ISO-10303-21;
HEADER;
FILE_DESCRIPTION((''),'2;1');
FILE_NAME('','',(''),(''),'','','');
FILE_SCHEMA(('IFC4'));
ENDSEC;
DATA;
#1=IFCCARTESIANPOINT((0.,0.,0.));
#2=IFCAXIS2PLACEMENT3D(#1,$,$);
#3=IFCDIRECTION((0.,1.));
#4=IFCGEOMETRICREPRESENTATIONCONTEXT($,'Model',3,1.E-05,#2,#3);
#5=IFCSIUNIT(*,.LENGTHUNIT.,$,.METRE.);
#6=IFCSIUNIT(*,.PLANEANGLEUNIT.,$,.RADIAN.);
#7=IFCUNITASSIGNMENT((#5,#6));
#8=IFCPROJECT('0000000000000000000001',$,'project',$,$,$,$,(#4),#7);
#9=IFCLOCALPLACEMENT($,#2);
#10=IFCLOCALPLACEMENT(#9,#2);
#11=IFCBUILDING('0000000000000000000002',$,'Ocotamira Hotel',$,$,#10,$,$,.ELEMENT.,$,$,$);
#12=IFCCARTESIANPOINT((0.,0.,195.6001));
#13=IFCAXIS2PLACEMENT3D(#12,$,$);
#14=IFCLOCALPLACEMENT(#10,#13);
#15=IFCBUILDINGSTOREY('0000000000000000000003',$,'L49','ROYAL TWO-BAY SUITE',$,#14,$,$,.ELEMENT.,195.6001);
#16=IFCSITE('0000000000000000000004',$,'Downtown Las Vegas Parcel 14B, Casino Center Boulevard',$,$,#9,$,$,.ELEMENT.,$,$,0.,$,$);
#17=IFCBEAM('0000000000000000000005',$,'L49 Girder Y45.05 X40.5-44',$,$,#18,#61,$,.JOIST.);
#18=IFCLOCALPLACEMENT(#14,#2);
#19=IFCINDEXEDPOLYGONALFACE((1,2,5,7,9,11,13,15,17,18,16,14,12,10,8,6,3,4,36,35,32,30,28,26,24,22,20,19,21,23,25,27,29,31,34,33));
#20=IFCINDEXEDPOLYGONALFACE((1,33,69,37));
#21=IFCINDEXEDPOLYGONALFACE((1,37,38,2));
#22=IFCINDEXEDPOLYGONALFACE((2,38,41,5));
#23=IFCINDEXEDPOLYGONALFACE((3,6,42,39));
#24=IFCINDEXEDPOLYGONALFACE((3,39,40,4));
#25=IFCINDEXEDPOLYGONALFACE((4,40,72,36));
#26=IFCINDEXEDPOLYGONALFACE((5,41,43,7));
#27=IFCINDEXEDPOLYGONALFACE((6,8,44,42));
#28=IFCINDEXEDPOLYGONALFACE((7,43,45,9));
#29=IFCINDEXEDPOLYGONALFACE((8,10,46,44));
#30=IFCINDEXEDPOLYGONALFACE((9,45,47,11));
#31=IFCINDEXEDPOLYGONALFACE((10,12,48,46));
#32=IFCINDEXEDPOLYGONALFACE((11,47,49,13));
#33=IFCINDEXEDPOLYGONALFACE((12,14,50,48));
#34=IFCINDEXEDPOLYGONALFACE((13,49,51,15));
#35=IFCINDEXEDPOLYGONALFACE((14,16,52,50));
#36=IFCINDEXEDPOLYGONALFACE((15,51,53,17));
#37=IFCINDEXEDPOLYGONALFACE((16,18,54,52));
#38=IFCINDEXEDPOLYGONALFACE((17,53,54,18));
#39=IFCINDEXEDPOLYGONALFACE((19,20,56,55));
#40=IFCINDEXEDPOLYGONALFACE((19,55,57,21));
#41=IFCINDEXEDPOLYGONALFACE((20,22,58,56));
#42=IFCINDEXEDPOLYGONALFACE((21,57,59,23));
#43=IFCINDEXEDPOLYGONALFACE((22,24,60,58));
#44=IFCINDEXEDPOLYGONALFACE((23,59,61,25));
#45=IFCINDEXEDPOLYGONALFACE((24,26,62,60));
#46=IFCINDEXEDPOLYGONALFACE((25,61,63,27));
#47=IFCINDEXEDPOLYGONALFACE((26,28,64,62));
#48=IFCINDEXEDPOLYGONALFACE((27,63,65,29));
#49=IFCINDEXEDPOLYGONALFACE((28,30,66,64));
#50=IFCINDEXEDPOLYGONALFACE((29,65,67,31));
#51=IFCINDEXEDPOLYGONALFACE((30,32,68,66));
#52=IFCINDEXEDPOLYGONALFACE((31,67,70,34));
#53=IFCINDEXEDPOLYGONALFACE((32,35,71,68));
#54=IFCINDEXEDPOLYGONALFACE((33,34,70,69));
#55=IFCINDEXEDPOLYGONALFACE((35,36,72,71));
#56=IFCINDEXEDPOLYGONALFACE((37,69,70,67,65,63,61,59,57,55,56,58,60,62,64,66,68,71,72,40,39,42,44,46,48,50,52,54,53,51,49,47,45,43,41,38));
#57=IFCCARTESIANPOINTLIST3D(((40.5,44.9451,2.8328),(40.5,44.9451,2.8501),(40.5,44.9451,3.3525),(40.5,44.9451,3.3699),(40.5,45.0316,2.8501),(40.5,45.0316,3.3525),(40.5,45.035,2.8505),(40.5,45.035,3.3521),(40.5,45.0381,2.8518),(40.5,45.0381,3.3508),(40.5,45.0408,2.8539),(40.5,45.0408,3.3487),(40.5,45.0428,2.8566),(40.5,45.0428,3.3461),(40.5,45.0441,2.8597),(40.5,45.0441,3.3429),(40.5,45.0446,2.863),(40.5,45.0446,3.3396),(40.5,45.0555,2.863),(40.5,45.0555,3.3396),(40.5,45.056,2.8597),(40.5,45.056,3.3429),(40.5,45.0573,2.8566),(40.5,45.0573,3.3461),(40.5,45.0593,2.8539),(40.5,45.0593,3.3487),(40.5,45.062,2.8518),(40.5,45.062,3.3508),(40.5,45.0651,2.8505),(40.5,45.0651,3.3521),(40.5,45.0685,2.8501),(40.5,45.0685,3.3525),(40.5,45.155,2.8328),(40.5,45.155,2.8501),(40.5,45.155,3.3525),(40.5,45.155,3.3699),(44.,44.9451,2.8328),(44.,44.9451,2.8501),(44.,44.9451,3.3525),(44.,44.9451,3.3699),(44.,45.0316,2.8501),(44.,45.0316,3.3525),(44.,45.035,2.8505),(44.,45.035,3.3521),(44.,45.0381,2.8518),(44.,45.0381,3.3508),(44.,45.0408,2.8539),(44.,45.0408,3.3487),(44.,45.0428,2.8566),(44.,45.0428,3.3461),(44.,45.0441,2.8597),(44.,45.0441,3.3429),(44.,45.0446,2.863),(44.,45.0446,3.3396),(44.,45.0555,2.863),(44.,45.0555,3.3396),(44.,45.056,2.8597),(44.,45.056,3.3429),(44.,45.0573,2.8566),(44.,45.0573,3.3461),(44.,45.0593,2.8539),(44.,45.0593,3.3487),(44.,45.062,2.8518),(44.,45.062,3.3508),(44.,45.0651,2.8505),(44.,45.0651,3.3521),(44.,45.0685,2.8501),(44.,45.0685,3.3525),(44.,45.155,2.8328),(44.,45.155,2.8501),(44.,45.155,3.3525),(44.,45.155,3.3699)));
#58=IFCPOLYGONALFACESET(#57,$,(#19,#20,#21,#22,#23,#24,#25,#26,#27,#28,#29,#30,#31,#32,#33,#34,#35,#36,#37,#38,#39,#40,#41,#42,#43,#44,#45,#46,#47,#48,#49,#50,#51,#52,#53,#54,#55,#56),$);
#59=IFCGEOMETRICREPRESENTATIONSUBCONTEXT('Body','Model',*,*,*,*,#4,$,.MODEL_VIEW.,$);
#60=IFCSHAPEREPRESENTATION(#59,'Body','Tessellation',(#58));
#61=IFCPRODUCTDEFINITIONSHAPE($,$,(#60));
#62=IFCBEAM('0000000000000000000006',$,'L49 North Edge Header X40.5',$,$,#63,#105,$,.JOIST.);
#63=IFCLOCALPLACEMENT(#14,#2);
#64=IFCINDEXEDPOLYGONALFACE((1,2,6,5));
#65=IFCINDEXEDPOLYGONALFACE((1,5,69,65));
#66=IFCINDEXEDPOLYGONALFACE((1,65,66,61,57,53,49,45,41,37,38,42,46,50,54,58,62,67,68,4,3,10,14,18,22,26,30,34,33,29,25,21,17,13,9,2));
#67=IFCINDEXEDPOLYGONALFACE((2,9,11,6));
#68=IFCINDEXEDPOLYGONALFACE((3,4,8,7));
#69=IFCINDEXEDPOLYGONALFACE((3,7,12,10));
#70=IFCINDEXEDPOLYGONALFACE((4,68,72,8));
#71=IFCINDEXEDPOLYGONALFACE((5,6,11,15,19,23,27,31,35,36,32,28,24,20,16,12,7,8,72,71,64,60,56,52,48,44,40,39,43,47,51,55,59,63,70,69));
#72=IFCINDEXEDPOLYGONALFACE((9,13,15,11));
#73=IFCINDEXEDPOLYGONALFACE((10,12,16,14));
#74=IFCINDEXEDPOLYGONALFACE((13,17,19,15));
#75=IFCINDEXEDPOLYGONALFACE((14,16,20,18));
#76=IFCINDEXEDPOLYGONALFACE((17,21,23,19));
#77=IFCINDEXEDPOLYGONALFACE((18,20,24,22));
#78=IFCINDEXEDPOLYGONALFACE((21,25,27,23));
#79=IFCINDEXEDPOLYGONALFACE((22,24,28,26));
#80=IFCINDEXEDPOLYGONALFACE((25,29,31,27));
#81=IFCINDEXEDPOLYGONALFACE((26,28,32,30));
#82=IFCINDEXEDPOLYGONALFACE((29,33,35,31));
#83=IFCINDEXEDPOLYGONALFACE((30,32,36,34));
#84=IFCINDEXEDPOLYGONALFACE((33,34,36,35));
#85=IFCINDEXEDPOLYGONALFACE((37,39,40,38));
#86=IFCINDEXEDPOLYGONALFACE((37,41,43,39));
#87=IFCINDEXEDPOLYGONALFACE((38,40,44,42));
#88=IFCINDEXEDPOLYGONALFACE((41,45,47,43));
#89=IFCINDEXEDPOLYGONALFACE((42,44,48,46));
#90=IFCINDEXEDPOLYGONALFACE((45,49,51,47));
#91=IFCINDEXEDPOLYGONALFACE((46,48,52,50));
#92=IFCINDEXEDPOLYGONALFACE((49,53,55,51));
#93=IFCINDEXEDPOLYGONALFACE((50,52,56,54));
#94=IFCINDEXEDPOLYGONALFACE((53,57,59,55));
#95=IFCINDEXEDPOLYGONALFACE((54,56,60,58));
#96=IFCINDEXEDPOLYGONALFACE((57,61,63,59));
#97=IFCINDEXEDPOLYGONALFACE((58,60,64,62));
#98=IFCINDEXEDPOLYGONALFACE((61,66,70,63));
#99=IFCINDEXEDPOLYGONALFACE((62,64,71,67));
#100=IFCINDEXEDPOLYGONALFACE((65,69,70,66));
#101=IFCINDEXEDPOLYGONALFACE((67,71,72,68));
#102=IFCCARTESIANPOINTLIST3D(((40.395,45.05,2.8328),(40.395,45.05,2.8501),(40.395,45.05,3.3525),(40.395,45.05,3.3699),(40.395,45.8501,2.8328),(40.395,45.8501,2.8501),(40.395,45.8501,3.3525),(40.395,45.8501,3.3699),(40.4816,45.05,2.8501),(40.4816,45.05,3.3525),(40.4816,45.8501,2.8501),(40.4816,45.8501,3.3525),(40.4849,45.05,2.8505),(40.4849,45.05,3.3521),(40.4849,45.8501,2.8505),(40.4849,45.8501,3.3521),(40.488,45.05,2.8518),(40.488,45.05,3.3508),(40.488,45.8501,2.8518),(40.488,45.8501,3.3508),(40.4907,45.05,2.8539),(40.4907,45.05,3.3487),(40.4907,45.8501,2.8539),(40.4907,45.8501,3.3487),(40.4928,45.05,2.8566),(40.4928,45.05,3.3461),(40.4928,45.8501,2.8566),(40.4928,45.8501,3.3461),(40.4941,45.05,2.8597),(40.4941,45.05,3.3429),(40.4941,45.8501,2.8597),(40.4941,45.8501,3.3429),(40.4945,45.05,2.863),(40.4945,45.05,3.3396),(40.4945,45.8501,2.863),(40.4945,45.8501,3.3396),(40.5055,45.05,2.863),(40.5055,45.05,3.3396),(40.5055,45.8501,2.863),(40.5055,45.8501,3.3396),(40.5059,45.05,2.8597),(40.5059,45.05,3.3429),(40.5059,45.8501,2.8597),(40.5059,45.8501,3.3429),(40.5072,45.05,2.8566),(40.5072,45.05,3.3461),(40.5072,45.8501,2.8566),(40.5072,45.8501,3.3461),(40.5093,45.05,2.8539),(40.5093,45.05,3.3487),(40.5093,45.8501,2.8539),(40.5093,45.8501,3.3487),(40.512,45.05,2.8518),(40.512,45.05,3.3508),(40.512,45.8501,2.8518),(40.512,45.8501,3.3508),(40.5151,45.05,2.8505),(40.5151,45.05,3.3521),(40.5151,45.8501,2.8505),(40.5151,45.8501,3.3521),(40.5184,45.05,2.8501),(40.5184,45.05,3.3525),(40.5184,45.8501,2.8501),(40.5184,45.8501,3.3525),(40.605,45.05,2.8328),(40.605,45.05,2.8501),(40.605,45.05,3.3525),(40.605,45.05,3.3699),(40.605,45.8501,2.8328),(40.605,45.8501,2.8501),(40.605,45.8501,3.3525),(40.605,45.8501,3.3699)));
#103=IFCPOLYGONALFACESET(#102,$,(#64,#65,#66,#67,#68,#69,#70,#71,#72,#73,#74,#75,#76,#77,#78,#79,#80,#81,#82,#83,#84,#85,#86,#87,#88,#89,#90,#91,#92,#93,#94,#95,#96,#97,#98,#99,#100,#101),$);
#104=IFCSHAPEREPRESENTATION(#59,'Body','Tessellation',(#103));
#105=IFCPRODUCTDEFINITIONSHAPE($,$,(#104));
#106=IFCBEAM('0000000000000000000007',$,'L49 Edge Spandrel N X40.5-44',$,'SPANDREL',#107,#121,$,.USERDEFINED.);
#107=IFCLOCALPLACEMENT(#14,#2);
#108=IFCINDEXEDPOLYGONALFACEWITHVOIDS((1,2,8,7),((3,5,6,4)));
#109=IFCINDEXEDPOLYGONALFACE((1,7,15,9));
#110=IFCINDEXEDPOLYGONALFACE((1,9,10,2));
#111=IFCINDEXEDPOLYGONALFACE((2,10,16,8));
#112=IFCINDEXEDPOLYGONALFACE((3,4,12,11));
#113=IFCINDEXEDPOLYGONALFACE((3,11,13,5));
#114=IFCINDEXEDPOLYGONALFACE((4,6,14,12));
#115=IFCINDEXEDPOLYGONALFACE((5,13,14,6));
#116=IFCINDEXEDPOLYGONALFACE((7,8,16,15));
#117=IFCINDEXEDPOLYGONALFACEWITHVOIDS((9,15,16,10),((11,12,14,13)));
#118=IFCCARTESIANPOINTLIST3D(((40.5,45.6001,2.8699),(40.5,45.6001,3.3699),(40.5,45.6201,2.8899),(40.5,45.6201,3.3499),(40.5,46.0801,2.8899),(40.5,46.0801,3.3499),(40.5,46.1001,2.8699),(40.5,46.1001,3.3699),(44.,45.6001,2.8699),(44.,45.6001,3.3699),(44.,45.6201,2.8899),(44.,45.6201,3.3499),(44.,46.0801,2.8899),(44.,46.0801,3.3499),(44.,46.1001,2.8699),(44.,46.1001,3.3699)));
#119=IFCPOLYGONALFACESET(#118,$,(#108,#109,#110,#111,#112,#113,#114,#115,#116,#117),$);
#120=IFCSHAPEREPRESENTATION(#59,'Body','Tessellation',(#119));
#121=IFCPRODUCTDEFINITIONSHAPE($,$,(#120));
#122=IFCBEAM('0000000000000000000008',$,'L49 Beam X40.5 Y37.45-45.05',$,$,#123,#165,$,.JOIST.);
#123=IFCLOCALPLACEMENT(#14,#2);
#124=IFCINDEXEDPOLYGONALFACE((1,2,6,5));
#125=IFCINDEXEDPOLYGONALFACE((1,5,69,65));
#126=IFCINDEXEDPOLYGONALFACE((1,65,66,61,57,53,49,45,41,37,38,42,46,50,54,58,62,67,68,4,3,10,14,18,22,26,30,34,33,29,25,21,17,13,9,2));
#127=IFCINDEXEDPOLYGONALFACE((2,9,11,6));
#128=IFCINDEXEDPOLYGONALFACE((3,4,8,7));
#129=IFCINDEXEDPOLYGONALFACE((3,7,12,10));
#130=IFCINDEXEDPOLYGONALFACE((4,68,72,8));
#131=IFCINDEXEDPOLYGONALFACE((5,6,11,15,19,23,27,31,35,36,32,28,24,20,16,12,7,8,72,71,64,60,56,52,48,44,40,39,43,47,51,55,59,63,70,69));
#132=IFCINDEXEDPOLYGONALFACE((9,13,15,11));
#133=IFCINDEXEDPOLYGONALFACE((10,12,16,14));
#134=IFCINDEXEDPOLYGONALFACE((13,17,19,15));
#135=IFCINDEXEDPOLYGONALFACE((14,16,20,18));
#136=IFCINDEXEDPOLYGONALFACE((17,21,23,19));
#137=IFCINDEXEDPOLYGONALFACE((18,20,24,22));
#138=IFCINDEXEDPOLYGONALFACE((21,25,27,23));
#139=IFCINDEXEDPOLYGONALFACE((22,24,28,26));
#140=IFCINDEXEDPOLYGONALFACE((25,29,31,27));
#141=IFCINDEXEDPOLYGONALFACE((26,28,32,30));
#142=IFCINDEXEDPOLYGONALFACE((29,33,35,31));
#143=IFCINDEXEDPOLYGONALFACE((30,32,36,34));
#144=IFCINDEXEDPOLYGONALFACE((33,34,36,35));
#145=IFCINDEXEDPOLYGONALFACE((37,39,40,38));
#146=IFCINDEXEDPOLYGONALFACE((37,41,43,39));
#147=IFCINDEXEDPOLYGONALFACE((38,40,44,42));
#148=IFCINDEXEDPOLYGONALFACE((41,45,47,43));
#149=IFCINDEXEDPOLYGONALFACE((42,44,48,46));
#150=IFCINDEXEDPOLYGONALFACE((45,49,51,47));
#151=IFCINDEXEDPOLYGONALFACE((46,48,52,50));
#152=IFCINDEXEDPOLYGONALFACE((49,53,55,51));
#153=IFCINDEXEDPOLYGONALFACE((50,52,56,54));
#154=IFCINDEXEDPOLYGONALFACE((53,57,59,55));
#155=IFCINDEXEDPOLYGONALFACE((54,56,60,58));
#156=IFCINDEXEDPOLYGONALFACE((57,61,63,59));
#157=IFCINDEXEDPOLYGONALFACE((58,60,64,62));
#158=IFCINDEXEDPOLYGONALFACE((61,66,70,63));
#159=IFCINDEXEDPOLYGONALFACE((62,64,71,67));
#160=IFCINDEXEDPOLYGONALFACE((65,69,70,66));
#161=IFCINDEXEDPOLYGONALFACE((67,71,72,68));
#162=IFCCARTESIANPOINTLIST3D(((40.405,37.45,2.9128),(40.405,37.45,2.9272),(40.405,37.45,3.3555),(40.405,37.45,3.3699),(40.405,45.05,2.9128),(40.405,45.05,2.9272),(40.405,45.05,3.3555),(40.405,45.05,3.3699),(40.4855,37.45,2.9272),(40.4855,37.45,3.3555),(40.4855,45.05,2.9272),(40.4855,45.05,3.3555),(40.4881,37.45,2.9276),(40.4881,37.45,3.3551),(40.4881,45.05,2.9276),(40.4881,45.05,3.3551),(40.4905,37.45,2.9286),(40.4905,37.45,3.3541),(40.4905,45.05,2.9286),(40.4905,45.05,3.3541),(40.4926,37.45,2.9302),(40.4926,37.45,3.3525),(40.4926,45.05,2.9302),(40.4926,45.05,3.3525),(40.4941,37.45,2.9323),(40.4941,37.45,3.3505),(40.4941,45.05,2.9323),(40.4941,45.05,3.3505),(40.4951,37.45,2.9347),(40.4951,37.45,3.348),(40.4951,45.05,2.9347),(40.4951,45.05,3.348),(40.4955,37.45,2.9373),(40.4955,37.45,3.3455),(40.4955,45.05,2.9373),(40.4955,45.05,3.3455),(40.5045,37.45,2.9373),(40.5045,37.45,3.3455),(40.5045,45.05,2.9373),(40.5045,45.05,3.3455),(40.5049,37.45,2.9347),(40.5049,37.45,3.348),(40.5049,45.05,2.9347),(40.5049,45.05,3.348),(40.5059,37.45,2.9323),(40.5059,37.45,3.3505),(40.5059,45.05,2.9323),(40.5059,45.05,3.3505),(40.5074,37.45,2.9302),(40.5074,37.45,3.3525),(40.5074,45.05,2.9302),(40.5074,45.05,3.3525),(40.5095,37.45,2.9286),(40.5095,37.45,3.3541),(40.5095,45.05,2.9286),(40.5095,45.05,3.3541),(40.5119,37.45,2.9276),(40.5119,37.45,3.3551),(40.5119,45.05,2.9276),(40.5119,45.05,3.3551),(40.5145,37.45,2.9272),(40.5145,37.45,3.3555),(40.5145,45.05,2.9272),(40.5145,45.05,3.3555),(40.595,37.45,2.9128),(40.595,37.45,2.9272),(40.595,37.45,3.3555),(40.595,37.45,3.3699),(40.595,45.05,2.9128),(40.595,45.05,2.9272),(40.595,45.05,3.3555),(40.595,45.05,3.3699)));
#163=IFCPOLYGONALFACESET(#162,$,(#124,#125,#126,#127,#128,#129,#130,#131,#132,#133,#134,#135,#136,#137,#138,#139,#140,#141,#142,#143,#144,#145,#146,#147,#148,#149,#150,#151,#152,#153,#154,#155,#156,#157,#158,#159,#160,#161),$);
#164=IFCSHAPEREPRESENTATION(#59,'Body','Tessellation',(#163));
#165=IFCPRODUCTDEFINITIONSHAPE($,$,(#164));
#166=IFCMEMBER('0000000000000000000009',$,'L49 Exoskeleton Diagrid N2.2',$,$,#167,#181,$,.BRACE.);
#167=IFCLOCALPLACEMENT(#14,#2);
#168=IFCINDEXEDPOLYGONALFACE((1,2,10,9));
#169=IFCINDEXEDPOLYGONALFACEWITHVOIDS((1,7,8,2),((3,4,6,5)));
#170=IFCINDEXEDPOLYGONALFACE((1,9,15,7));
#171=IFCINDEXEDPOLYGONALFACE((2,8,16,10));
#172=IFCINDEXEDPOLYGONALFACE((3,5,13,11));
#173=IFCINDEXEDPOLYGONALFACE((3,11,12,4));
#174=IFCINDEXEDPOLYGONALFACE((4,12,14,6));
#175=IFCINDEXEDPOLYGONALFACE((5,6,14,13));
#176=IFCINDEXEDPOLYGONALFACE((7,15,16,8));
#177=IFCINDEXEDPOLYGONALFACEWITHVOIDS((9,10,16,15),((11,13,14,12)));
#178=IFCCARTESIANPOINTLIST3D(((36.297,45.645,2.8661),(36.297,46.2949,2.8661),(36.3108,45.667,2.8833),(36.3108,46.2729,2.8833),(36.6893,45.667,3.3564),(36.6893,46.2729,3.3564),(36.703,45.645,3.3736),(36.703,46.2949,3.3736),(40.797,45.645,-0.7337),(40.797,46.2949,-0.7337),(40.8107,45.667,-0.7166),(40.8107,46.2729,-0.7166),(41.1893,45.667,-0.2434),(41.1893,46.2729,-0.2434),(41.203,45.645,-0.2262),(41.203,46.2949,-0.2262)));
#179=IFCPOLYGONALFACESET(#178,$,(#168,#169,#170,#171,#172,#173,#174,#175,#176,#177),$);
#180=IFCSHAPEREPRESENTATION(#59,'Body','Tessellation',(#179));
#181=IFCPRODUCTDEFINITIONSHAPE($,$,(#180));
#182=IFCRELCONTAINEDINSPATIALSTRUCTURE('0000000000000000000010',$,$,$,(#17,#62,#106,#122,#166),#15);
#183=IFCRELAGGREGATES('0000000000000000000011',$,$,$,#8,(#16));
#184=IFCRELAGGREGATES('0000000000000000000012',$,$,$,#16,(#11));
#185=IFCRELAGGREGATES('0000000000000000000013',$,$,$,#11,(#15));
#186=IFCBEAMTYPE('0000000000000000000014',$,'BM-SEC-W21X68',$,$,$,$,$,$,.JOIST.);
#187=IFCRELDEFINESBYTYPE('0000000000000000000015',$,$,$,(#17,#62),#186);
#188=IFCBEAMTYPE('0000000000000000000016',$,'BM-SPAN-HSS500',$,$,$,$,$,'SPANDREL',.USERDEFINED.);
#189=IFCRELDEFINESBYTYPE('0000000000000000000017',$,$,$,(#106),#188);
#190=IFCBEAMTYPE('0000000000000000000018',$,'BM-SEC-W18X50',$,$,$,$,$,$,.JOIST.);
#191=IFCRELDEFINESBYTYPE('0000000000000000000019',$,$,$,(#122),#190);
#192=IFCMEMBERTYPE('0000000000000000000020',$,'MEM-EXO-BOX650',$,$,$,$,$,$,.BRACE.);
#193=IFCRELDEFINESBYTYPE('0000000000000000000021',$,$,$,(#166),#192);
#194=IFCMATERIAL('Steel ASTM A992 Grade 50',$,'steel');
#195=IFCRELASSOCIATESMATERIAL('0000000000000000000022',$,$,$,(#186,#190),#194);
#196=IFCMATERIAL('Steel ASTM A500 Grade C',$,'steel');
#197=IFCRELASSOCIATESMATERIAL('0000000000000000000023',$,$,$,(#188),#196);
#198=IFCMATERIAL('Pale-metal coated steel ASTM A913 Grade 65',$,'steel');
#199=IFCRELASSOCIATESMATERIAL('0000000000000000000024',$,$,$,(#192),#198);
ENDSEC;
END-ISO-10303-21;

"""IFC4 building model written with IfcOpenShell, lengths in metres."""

from ifc_helpers import new_model, si_unit, direction, frame, origin, origin_2d, place, context, subcontext, project, spatial, hollow_rectangle, i_section, extrude, source, transform, mapped, material, material_profile, profile_set, type_object, element, save


model = new_model("IFC4")

# Units and contexts
model_context = context("Model", 3, precision=1e-05, world=origin(), true_north=direction((0.0, 1.0)))
body_context = subcontext(model_context, "Body", "Model", "MODEL_VIEW")
ifc_project = project(units=[si_unit("LENGTHUNIT", "METRE"), si_unit("PLANEANGLEUNIT", "RADIAN")], contexts=[model_context])

# Site, building, storey
site_placement = place(None, origin())
site = spatial("IfcSite", under=ifc_project, at=site_placement, Name="Downtown Las Vegas Parcel 14B, Casino Center Boulevard", CompositionType="ELEMENT", RefElevation=0.0)
building_placement = place(site_placement, origin())
building = spatial("IfcBuilding", under=site, at=building_placement, Name="Ocotamira Hotel", CompositionType="ELEMENT")
storey_placement = place(building_placement, frame((0.0, 0.0, 195.6001)))
storey = spatial("IfcBuildingStorey", under=building, at=storey_placement, Name="L49", Description="ROYAL TWO-BAY SUITE", CompositionType="ELEMENT", Elevation=195.6001)

# Beams
ifc_material_1 = material(Name="Steel ASTM A992 Grade 50", Category="steel")
ifc_material_profile_1 = material_profile(ifc_material_1, i_section(OverallWidth=0.21, OverallDepth=0.5371, WebThickness=0.011, FlangeThickness=0.0173, FilletRadius=0.0129, at=origin_2d()), Name="W21X68")
ifc_profile_set_1 = profile_set([ifc_material_profile_1], Name="Steel ASTM A992 Grade 50")
beam_type_1 = type_object("IfcBeamType", Name="BM-SEC-W21X68", PredefinedType="JOIST", material=ifc_profile_set_1)
shared_shape_1 = source(origin(), body_context, "Body", "SweptSolid", [
    extrude(i_section(OverallWidth=0.21, OverallDepth=0.5371, WebThickness=0.011, FlangeThickness=0.0173, FilletRadius=0.0129, at=origin_2d()), origin(), (0.0, 0.0, 1.0), 3.5),
])
beam_1_placement = place(storey_placement, frame((40.5, 45.05, 3.1013), z_axis=(1.0, 0.0, 0.0), x_axis=(0.0, 1.0, 0.0)))
element("IfcBeam", 1, at=beam_1_placement, inside=storey, type_object=beam_type_1, Name="L49 Girder Y45.05 X40.5-44", PredefinedType="JOIST", context=body_context, shape_type="MappedRepresentation", body=[
    mapped(shared_shape_1, transform((0.0, 0.0, 0.0), scale=1.0)),
])
shared_shape_2 = source(origin(), body_context, "Body", "SweptSolid", [
    extrude(i_section(OverallWidth=0.21, OverallDepth=0.5371, WebThickness=0.011, FlangeThickness=0.0173, FilletRadius=0.0129, at=origin_2d()), origin(), (0.0, 0.0, 1.0), 0.8),
])
beam_2_placement = place(storey_placement, frame((40.5, 45.05, 3.1013), z_axis=(0.0, 1.0, 0.0), x_axis=(-1.0, 0.0, 0.0)))
element("IfcBeam", 2, at=beam_2_placement, inside=storey, type_object=beam_type_1, Name="L49 North Edge Header X40.5", PredefinedType="JOIST", context=body_context, shape_type="MappedRepresentation", body=[
    mapped(shared_shape_2, transform((0.0, 0.0, 0.0), scale=1.0)),
])
ifc_material_2 = material(Name="Steel ASTM A500 Grade C", Category="steel")
ifc_material_profile_2 = material_profile(ifc_material_2, hollow_rectangle(XDim=0.5, YDim=0.5, WallThickness=0.02, at=origin_2d()), Name="HSS500X500X20")
ifc_profile_set_2 = profile_set([ifc_material_profile_2], Name="Steel ASTM A500 Grade C")
beam_type_2 = type_object("IfcBeamType", Name="BM-SPAN-HSS500", ElementType="SPANDREL", PredefinedType="USERDEFINED", material=ifc_profile_set_2)
shared_shape_3 = source(origin(), body_context, "Body", "SweptSolid", [
    extrude(hollow_rectangle(XDim=0.5, YDim=0.5, WallThickness=0.02, at=origin_2d()), origin(), (0.0, 0.0, 1.0), 3.5),
])
beam_3_placement = place(storey_placement, frame((40.5, 45.8501, 3.1199), z_axis=(1.0, 0.0, 0.0), x_axis=(0.0, 1.0, 0.0)))
element("IfcBeam", 3, at=beam_3_placement, inside=storey, type_object=beam_type_2, Name="L49 Edge Spandrel N X40.5-44", ObjectType="SPANDREL", PredefinedType="USERDEFINED", context=body_context, shape_type="MappedRepresentation", body=[
    mapped(shared_shape_3, transform((0.0, 0.0, 0.0), scale=1.0)),
])
ifc_material_profile_3 = material_profile(ifc_material_1, i_section(OverallWidth=0.1899, OverallDepth=0.457, WebThickness=0.009, FlangeThickness=0.0144, FilletRadius=0.01, at=origin_2d()), Name="W18X50")
ifc_profile_set_3 = profile_set([ifc_material_profile_3], Name="Steel ASTM A992 Grade 50")
beam_type_3 = type_object("IfcBeamType", Name="BM-SEC-W18X50", PredefinedType="JOIST", material=ifc_profile_set_3)
shared_shape_4 = source(origin(), body_context, "Body", "SweptSolid", [
    extrude(i_section(OverallWidth=0.1899, OverallDepth=0.457, WebThickness=0.009, FlangeThickness=0.0144, FilletRadius=0.01, at=origin_2d()), origin(), (0.0, 0.0, 1.0), 7.6001),
])
beam_4_placement = place(storey_placement, frame((40.5, 37.45, 3.1414), z_axis=(0.0, 1.0, 0.0), x_axis=(-1.0, 0.0, 0.0)))
element("IfcBeam", 4, at=beam_4_placement, inside=storey, type_object=beam_type_3, Name="L49 Beam X40.5 Y37.45-45.05", PredefinedType="JOIST", context=body_context, shape_type="MappedRepresentation", body=[
    mapped(shared_shape_4, transform((0.0, 0.0, 0.0), scale=1.0)),
])

# Member
ifc_material_3 = material(Name="Pale-metal coated steel ASTM A913 Grade 65", Category="steel")
ifc_material_profile_4 = material_profile(ifc_material_3, hollow_rectangle(XDim=0.6499, YDim=0.6499, WallThickness=0.022, at=origin_2d()), Name="BOX650X650X22")
ifc_profile_set_4 = profile_set([ifc_material_profile_4], Name="Pale-metal coated steel ASTM A913 Grade 65")
member_type_1 = type_object("IfcMemberType", Name="MEM-EXO-BOX650", PredefinedType="BRACE", material=ifc_profile_set_4)
shared_shape_5 = source(origin(), body_context, "Body", "SweptSolid", [
    extrude(hollow_rectangle(XDim=0.6499, YDim=0.6499, WallThickness=0.022, at=origin_2d()), origin(), (0.0, 0.0, 1.0), 5.7627),
])
for number, where, z_axis, x_axis, name in (
    (5, (41.0, 45.97, -0.48), (-0.780881, 0.0, 0.62468), (0.0, -1.0, 0.0), "L49 Exoskeleton Diagrid N2.2"),
):
    element("IfcMember", number, at=place(storey_placement, frame(where, z_axis=z_axis, x_axis=x_axis)), inside=storey, type_object=member_type_1, Name=name, PredefinedType="BRACE", context=body_context, shape_type="MappedRepresentation", body=[
        mapped(shared_shape_5, transform((0.0, 0.0, 0.0), scale=1.0)),
    ])

save(model, "model.ifc")
